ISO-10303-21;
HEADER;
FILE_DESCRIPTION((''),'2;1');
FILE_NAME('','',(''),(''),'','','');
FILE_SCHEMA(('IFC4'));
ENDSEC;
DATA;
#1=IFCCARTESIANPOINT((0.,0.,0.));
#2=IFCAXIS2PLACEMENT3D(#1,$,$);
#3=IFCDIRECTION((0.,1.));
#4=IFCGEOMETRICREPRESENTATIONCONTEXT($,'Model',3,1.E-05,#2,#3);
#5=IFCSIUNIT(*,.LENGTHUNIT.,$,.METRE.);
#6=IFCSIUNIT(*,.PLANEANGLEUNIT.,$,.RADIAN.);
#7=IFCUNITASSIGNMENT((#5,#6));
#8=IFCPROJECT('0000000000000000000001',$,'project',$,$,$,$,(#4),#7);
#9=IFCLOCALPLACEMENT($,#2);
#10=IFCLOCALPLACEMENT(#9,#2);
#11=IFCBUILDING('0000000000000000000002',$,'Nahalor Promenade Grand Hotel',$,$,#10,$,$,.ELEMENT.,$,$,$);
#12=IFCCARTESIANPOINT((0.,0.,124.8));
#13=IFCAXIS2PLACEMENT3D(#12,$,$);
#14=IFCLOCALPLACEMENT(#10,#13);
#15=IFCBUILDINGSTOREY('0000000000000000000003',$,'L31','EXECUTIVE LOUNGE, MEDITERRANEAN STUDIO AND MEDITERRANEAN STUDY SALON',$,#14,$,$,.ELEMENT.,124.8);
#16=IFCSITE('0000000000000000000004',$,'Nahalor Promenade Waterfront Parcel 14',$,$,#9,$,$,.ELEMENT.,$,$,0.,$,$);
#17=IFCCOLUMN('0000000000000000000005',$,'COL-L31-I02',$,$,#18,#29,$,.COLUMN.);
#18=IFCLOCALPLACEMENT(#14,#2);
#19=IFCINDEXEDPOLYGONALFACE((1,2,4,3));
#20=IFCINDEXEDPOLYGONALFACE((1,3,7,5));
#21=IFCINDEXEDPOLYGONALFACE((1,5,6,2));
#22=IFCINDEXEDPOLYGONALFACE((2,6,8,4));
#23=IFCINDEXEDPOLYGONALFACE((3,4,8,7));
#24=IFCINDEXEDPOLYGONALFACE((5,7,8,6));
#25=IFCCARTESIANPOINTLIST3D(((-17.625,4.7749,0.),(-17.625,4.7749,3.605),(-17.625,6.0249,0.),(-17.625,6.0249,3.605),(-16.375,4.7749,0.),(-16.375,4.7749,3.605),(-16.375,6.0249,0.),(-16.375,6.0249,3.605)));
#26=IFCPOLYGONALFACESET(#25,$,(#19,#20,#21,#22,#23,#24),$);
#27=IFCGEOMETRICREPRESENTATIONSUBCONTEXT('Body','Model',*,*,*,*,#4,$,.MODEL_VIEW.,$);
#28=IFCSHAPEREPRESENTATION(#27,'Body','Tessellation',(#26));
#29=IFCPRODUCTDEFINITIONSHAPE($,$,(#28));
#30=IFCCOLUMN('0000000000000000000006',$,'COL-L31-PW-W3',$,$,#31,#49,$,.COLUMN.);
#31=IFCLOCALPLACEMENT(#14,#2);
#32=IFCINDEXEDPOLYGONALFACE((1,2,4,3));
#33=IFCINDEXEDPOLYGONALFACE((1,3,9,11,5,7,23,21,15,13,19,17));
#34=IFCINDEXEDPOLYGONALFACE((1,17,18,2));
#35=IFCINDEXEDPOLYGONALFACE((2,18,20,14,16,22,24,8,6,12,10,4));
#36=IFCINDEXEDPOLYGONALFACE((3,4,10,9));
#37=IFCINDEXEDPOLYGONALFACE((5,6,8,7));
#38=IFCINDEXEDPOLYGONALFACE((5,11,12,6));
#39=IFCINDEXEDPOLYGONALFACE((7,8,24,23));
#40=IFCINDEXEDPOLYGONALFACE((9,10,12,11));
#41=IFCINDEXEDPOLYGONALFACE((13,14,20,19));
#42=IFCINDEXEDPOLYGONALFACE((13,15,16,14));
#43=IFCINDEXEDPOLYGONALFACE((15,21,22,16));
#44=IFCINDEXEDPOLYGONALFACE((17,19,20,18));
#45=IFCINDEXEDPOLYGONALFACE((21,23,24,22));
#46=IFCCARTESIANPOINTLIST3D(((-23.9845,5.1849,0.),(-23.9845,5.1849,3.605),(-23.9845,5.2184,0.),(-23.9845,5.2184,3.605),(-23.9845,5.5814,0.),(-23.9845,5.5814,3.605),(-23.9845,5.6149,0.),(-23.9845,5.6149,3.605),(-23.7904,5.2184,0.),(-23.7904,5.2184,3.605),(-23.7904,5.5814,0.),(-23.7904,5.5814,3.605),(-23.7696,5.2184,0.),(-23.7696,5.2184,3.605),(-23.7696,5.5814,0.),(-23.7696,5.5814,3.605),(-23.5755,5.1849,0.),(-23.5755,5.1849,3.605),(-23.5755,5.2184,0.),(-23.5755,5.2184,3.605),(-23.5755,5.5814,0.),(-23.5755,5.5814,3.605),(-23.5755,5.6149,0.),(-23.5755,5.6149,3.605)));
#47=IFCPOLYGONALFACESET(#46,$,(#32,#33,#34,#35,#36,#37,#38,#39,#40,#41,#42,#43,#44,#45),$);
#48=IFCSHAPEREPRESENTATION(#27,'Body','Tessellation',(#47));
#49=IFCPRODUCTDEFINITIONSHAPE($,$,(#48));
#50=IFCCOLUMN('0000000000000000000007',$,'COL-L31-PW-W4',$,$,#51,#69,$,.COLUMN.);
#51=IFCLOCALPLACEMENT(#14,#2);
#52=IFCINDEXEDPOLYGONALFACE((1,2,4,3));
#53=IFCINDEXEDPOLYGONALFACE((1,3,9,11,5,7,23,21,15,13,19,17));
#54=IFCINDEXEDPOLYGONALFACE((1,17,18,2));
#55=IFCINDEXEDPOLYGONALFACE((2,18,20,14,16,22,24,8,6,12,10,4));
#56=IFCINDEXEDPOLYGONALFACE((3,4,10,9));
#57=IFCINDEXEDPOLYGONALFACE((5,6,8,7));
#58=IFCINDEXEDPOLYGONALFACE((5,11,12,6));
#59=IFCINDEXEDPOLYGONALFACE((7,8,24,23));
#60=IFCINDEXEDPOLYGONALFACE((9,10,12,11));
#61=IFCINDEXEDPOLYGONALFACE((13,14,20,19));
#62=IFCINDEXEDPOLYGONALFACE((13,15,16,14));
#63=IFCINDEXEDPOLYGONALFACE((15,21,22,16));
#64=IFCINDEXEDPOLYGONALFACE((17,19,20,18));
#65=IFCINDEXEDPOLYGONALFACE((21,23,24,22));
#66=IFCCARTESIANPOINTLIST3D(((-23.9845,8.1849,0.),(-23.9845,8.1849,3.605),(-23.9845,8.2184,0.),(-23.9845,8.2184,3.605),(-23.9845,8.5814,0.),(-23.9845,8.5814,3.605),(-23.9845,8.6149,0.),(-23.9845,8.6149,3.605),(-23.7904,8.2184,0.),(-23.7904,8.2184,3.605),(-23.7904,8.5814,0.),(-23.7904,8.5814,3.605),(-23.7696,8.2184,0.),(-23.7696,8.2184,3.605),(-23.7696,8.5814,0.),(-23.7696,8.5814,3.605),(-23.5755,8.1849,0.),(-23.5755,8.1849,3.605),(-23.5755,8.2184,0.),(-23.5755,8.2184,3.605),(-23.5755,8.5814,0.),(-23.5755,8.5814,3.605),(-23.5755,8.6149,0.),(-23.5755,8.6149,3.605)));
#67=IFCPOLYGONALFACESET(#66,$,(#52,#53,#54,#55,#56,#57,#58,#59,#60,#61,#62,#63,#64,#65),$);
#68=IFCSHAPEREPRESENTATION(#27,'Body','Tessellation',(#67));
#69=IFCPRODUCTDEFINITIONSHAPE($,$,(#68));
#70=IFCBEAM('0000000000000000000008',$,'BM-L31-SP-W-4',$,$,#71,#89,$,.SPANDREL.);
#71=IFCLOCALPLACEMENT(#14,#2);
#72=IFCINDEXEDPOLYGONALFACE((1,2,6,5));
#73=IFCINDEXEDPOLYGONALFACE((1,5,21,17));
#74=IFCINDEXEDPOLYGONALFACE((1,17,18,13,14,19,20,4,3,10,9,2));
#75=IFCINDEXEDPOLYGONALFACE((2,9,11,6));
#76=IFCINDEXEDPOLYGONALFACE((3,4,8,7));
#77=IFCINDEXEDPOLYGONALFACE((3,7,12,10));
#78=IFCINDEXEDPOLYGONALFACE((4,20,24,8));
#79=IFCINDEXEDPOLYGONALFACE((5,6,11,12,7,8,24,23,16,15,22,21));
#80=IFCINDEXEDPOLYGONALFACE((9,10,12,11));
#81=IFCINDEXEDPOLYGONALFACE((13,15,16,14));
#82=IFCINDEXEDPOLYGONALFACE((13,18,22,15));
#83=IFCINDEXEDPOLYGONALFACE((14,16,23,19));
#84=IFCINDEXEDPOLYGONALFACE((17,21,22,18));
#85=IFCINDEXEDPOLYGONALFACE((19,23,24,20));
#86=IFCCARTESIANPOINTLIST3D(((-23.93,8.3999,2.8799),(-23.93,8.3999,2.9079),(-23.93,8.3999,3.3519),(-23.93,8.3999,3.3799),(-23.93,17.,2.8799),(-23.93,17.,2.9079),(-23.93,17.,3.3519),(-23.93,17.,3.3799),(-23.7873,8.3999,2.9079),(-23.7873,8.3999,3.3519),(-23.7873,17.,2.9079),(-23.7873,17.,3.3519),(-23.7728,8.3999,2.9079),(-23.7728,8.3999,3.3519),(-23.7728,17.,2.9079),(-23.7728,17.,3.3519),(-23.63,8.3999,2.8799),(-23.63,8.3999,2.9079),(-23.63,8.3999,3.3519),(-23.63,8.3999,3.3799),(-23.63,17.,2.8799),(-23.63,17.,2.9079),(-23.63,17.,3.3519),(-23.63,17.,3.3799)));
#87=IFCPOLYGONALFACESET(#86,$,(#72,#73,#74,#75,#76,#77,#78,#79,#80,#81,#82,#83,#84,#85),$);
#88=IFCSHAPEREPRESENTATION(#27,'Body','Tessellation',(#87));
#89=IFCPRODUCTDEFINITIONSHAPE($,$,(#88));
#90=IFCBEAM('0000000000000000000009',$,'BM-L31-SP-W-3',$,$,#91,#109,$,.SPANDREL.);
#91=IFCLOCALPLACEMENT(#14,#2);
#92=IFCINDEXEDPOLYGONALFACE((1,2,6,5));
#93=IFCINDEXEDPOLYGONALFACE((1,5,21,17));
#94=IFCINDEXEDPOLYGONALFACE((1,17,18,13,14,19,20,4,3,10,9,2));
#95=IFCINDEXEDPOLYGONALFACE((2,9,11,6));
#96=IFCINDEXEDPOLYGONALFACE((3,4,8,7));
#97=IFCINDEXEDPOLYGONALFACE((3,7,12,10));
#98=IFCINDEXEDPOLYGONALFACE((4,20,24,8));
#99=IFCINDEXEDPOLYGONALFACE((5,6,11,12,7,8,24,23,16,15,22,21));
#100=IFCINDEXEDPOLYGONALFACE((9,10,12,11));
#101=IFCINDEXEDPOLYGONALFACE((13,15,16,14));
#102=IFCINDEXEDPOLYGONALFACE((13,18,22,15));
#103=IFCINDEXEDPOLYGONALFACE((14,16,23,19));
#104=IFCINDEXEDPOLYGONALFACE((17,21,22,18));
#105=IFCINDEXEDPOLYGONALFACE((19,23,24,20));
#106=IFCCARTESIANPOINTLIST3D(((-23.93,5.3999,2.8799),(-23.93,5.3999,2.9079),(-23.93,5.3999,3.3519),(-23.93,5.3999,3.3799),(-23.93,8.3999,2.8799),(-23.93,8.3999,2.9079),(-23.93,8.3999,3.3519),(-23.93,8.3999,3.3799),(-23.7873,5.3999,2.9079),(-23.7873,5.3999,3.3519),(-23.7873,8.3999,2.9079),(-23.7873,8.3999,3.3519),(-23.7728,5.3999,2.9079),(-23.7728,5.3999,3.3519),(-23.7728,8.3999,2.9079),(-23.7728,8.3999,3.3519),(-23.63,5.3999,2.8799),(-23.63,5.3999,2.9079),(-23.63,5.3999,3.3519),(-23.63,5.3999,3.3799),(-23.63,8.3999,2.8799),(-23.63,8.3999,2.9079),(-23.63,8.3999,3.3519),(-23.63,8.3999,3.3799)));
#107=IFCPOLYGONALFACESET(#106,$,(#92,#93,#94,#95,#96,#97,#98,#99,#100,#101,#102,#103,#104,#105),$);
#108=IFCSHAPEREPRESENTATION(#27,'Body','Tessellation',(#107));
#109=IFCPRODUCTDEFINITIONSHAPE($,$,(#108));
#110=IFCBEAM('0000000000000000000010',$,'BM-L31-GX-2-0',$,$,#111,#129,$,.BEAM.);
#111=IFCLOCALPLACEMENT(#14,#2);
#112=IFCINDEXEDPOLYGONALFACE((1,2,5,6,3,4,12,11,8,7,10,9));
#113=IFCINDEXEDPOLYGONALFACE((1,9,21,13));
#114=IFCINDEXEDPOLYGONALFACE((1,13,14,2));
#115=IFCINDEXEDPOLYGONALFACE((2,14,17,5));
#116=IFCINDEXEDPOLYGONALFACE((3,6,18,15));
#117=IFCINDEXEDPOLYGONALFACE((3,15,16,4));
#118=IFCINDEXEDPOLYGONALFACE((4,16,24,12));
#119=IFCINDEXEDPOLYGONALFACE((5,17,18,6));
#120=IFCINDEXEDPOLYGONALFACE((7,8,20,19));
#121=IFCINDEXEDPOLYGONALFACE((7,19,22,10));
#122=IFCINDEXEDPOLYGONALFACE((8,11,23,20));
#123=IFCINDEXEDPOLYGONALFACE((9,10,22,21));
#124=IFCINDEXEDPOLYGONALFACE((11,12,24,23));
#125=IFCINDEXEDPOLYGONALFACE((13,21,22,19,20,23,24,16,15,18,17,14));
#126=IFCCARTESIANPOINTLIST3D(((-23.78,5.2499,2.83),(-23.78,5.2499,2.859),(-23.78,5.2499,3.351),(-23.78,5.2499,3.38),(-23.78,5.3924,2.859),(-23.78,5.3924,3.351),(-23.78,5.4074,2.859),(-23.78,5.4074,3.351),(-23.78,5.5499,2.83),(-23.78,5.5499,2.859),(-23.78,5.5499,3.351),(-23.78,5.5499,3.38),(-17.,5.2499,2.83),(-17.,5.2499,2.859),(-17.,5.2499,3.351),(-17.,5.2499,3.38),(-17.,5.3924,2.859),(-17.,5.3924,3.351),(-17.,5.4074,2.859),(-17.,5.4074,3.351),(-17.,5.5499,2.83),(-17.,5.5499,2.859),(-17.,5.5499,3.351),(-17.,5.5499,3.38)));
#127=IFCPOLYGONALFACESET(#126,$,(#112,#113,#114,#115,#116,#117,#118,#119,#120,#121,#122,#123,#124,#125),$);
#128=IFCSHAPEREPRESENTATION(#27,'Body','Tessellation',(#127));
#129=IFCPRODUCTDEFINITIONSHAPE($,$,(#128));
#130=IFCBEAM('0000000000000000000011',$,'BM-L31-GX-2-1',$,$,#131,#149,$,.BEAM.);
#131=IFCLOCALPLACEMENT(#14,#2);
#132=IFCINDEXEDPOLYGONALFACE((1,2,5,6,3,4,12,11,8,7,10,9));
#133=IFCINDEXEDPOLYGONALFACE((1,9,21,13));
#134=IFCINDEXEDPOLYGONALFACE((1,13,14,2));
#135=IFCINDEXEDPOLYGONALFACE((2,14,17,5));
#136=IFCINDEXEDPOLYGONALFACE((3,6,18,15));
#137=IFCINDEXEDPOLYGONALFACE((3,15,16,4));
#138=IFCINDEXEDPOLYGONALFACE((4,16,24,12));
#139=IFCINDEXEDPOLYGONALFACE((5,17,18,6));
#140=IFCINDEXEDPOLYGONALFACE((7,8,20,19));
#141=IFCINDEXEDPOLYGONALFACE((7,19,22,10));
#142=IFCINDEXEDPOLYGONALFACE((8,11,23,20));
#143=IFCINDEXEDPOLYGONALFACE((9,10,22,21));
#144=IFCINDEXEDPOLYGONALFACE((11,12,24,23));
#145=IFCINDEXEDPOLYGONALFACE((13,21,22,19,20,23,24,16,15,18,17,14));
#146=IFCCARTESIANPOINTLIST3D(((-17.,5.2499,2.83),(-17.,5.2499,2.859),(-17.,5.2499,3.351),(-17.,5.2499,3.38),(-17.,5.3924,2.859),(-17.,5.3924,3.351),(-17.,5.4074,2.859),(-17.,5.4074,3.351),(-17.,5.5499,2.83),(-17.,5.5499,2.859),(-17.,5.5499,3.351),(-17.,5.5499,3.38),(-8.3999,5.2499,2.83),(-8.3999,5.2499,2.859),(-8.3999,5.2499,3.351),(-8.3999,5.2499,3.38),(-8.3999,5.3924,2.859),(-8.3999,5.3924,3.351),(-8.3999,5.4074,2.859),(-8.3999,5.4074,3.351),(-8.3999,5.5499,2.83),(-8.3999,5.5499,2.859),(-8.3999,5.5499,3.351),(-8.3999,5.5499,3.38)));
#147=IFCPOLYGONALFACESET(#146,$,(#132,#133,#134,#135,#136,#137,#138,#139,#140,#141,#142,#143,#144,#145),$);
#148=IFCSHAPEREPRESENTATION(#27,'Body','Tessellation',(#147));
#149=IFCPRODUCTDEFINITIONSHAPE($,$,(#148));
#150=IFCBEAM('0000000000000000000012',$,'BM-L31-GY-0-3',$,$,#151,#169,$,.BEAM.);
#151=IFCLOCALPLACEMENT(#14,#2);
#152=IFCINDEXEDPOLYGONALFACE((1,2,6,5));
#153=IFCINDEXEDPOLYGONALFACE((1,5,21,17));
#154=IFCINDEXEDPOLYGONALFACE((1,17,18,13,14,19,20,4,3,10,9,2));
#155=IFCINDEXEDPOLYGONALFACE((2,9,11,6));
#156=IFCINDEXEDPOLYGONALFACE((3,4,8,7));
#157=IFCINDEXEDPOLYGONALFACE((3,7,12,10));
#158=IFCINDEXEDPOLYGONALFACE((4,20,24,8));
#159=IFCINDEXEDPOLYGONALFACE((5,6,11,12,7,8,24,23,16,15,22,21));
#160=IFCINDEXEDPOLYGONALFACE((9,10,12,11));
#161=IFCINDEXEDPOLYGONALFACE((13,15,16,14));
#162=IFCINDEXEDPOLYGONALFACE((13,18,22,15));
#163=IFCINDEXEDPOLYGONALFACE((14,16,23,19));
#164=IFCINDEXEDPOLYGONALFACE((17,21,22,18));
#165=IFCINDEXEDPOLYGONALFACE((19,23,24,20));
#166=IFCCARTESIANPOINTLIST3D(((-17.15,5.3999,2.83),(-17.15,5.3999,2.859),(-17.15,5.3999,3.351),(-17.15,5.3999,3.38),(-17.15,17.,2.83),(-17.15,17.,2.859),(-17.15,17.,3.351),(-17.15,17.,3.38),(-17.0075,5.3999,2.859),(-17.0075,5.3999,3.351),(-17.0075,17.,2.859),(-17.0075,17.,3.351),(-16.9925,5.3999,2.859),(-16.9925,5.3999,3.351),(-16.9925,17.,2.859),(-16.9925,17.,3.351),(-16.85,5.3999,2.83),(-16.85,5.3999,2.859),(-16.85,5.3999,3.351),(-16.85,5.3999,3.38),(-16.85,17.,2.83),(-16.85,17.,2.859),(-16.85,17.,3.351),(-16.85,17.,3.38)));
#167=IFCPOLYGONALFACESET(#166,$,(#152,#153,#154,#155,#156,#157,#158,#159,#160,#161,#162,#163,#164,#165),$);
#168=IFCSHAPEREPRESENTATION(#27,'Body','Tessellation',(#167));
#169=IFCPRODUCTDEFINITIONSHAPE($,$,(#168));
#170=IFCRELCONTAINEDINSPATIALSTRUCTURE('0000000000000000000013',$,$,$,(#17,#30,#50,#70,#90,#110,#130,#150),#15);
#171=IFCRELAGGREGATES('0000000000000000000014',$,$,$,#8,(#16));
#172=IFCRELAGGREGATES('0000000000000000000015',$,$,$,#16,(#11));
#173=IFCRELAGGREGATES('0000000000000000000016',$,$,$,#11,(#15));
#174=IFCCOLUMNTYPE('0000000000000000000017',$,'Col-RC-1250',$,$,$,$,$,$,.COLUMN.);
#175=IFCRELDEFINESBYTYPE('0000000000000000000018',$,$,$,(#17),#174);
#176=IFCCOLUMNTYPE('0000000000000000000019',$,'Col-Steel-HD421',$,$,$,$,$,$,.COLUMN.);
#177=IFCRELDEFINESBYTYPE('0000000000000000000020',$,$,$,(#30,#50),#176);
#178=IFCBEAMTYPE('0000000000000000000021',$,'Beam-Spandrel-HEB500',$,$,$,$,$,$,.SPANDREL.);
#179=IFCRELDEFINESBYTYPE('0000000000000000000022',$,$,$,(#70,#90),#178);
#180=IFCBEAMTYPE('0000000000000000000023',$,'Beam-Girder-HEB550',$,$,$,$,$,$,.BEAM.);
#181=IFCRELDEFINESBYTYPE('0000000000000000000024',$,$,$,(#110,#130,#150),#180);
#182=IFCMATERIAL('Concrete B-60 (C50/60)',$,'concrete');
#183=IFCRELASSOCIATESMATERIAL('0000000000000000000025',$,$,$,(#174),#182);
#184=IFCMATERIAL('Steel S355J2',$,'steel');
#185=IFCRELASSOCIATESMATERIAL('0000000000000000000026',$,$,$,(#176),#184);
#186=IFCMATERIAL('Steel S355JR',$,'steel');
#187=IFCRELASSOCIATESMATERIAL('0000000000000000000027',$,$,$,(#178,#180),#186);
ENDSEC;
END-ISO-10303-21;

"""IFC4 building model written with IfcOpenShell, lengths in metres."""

from ifc_helpers import new_model, si_unit, direction, frame, origin, origin_2d, place, context, subcontext, project, spatial, rectangle, i_section, extrude, source, transform, mapped, material, material_profile, profile_set, type_object, element, save


model = new_model("IFC4")

# Units and contexts
model_context = context("Model", 3, precision=1e-05, world=origin(), true_north=direction((0.0, 1.0)))
body_context = subcontext(model_context, "Body", "Model", "MODEL_VIEW")
ifc_project = project(units=[si_unit("LENGTHUNIT", "METRE"), si_unit("PLANEANGLEUNIT", "RADIAN")], contexts=[model_context])

# Site, building, storey
site_placement = place(None, origin())
site = spatial("IfcSite", under=ifc_project, at=site_placement, Name="Nahalor Promenade Waterfront Parcel 14", CompositionType="ELEMENT", RefElevation=0.0)
building_placement = place(site_placement, origin())
building = spatial("IfcBuilding", under=site, at=building_placement, Name="Nahalor Promenade Grand Hotel", CompositionType="ELEMENT")
storey_placement = place(building_placement, frame((0.0, 0.0, 124.8)))
storey = spatial("IfcBuildingStorey", under=building, at=storey_placement, Name="L31", Description="EXECUTIVE LOUNGE, MEDITERRANEAN STUDIO AND MEDITERRANEAN STUDY SALON", CompositionType="ELEMENT", Elevation=124.8)

# Columns
ifc_material_1 = material(Name="Concrete B-60 (C50/60)", Category="concrete")
ifc_material_profile_1 = material_profile(ifc_material_1, rectangle(XDim=1.25, YDim=1.25, at=origin_2d()), Name="RC 1250x1250")
ifc_profile_set_1 = profile_set([ifc_material_profile_1], Name="Concrete B-60 (C50/60)")
column_type_1 = type_object("IfcColumnType", Name="Col-RC-1250", PredefinedType="COLUMN", material=ifc_profile_set_1)
shared_shape_1 = source(origin(), body_context, "Body", "SweptSolid", [
    extrude(rectangle(XDim=1.25, YDim=1.25, at=origin_2d()), origin(), (0.0, 0.0, 1.0), 3.605),
])
column_placement = place(storey_placement, frame((-17.0, 5.3999, 0.0), z_axis=(0.0, 0.0, 1.0), x_axis=(1.0, 0.0, 0.0)))
element("IfcColumn", 1, at=column_placement, inside=storey, type_object=column_type_1, Name="COL-L31-I02", PredefinedType="COLUMN", context=body_context, shape_type="MappedRepresentation", body=[
    mapped(shared_shape_1, transform((0.0, 0.0, 0.0), scale=1.0)),
])
ifc_material_2 = material(Name="Steel S355J2", Category="steel")
ifc_material_profile_2 = material_profile(ifc_material_2, i_section(OverallWidth=0.409, OverallDepth=0.43, WebThickness=0.0208, FlangeThickness=0.0335, at=origin_2d()), Name="HD 400x421")
ifc_profile_set_2 = profile_set([ifc_material_profile_2], Name="Steel S355J2")
column_type_2 = type_object("IfcColumnType", Name="Col-Steel-HD421", PredefinedType="COLUMN", material=ifc_profile_set_2)
shared_shape_2 = source(origin(), body_context, "Body", "SweptSolid", [
    extrude(i_section(OverallWidth=0.409, OverallDepth=0.43, WebThickness=0.0208, FlangeThickness=0.0335, at=origin_2d()), origin(), (0.0, 0.0, 1.0), 3.605),
])
for number, where, z_axis, x_axis, name in (
    (2, (-23.78, 5.3999, 0.0), (0.0, 0.0, 1.0), (1.0, 0.0, 0.0), "COL-L31-PW-W3"),
    (3, (-23.78, 8.3999, 0.0), (0.0, 0.0, 1.0), (1.0, 0.0, 0.0), "COL-L31-PW-W4"),
):
    element("IfcColumn", number, at=place(storey_placement, frame(where, z_axis=z_axis, x_axis=x_axis)), inside=storey, type_object=column_type_2, Name=name, PredefinedType="COLUMN", context=body_context, shape_type="MappedRepresentation", body=[
        mapped(shared_shape_2, transform((0.0, 0.0, 0.0), scale=1.0)),
    ])

# Beams
ifc_material_3 = material(Name="Steel S355JR", Category="steel")
ifc_material_profile_3 = material_profile(ifc_material_3, i_section(OverallWidth=0.3, OverallDepth=0.5, WebThickness=0.0145, FlangeThickness=0.028, at=origin_2d()), Name="HEB 500")
ifc_profile_set_3 = profile_set([ifc_material_profile_3], Name="Steel S355JR")
beam_type_1 = type_object("IfcBeamType", Name="Beam-Spandrel-HEB500", PredefinedType="SPANDREL", material=ifc_profile_set_3)
shared_shape_3 = source(origin(), body_context, "Body", "SweptSolid", [
    extrude(i_section(OverallWidth=0.3, OverallDepth=0.5, WebThickness=0.0145, FlangeThickness=0.028, at=origin_2d()), origin(), (0.0, 0.0, 1.0), 8.6001),
])
beam_1_placement = place(storey_placement, frame((-23.78, 8.3999, 3.1299), z_axis=(0.0, 1.0, 0.0), x_axis=(-1.0, 0.0, 0.0)))
element("IfcBeam", 4, at=beam_1_placement, inside=storey, type_object=beam_type_1, Name="BM-L31-SP-W-4", PredefinedType="SPANDREL", context=body_context, shape_type="MappedRepresentation", body=[
    mapped(shared_shape_3, transform((0.0, 0.0, 0.0), scale=1.0)),
])
shared_shape_4 = source(origin(), body_context, "Body", "SweptSolid", [
    extrude(i_section(OverallWidth=0.3, OverallDepth=0.5, WebThickness=0.0145, FlangeThickness=0.028, at=origin_2d()), origin(), (0.0, 0.0, 1.0), 3.0),
])
beam_2_placement = place(storey_placement, frame((-23.78, 5.3999, 3.1299), z_axis=(0.0, 1.0, 0.0), x_axis=(-1.0, 0.0, 0.0)))
element("IfcBeam", 5, at=beam_2_placement, inside=storey, type_object=beam_type_1, Name="BM-L31-SP-W-3", PredefinedType="SPANDREL", context=body_context, shape_type="MappedRepresentation", body=[
    mapped(shared_shape_4, transform((0.0, 0.0, 0.0), scale=1.0)),
])
ifc_material_profile_4 = material_profile(ifc_material_3, i_section(OverallWidth=0.3, OverallDepth=0.55, WebThickness=0.015, FlangeThickness=0.029, at=origin_2d()), Name="HEB 550")
ifc_profile_set_4 = profile_set([ifc_material_profile_4], Name="Steel S355JR")
beam_type_2 = type_object("IfcBeamType", Name="Beam-Girder-HEB550", PredefinedType="BEAM", material=ifc_profile_set_4)
shared_shape_5 = source(origin(), body_context, "Body", "SweptSolid", [
    extrude(i_section(OverallWidth=0.3, OverallDepth=0.55, WebThickness=0.015, FlangeThickness=0.029, at=origin_2d()), origin(), (0.0, 0.0, 1.0), 6.78),
])
beam_3_placement = place(storey_placement, frame((-23.78, 5.3999, 3.105), z_axis=(1.0, 0.0, 0.0), x_axis=(0.0, 1.0, 0.0)))
element("IfcBeam", 6, at=beam_3_placement, inside=storey, type_object=beam_type_2, Name="BM-L31-GX-2-0", PredefinedType="BEAM", context=body_context, shape_type="MappedRepresentation", body=[
    mapped(shared_shape_5, transform((0.0, 0.0, 0.0), scale=1.0)),
])
shared_shape_6 = source(origin(), body_context, "Body", "SweptSolid", [
    extrude(i_section(OverallWidth=0.3, OverallDepth=0.55, WebThickness=0.015, FlangeThickness=0.029, at=origin_2d()), origin(), (0.0, 0.0, 1.0), 8.6001),
])
beam_4_placement = place(storey_placement, frame((-17.0, 5.3999, 3.105), z_axis=(1.0, 0.0, 0.0), x_axis=(0.0, 1.0, 0.0)))
element("IfcBeam", 7, at=beam_4_placement, inside=storey, type_object=beam_type_2, Name="BM-L31-GX-2-1", PredefinedType="BEAM", context=body_context, shape_type="MappedRepresentation", body=[
    mapped(shared_shape_6, transform((0.0, 0.0, 0.0), scale=1.0)),
])
shared_shape_7 = source(origin(), body_context, "Body", "SweptSolid", [
    extrude(i_section(OverallWidth=0.3, OverallDepth=0.55, WebThickness=0.015, FlangeThickness=0.029, at=origin_2d()), origin(), (0.0, 0.0, 1.0), 11.6001),
])
beam_5_placement = place(storey_placement, frame((-17.0, 5.3999, 3.105), z_axis=(0.0, 1.0, 0.0), x_axis=(-1.0, 0.0, 0.0)))
element("IfcBeam", 8, at=beam_5_placement, inside=storey, type_object=beam_type_2, Name="BM-L31-GY-0-3", PredefinedType="BEAM", context=body_context, shape_type="MappedRepresentation", body=[
    mapped(shared_shape_7, transform((0.0, 0.0, 0.0), scale=1.0)),
])

save(model, "model.ifc")
